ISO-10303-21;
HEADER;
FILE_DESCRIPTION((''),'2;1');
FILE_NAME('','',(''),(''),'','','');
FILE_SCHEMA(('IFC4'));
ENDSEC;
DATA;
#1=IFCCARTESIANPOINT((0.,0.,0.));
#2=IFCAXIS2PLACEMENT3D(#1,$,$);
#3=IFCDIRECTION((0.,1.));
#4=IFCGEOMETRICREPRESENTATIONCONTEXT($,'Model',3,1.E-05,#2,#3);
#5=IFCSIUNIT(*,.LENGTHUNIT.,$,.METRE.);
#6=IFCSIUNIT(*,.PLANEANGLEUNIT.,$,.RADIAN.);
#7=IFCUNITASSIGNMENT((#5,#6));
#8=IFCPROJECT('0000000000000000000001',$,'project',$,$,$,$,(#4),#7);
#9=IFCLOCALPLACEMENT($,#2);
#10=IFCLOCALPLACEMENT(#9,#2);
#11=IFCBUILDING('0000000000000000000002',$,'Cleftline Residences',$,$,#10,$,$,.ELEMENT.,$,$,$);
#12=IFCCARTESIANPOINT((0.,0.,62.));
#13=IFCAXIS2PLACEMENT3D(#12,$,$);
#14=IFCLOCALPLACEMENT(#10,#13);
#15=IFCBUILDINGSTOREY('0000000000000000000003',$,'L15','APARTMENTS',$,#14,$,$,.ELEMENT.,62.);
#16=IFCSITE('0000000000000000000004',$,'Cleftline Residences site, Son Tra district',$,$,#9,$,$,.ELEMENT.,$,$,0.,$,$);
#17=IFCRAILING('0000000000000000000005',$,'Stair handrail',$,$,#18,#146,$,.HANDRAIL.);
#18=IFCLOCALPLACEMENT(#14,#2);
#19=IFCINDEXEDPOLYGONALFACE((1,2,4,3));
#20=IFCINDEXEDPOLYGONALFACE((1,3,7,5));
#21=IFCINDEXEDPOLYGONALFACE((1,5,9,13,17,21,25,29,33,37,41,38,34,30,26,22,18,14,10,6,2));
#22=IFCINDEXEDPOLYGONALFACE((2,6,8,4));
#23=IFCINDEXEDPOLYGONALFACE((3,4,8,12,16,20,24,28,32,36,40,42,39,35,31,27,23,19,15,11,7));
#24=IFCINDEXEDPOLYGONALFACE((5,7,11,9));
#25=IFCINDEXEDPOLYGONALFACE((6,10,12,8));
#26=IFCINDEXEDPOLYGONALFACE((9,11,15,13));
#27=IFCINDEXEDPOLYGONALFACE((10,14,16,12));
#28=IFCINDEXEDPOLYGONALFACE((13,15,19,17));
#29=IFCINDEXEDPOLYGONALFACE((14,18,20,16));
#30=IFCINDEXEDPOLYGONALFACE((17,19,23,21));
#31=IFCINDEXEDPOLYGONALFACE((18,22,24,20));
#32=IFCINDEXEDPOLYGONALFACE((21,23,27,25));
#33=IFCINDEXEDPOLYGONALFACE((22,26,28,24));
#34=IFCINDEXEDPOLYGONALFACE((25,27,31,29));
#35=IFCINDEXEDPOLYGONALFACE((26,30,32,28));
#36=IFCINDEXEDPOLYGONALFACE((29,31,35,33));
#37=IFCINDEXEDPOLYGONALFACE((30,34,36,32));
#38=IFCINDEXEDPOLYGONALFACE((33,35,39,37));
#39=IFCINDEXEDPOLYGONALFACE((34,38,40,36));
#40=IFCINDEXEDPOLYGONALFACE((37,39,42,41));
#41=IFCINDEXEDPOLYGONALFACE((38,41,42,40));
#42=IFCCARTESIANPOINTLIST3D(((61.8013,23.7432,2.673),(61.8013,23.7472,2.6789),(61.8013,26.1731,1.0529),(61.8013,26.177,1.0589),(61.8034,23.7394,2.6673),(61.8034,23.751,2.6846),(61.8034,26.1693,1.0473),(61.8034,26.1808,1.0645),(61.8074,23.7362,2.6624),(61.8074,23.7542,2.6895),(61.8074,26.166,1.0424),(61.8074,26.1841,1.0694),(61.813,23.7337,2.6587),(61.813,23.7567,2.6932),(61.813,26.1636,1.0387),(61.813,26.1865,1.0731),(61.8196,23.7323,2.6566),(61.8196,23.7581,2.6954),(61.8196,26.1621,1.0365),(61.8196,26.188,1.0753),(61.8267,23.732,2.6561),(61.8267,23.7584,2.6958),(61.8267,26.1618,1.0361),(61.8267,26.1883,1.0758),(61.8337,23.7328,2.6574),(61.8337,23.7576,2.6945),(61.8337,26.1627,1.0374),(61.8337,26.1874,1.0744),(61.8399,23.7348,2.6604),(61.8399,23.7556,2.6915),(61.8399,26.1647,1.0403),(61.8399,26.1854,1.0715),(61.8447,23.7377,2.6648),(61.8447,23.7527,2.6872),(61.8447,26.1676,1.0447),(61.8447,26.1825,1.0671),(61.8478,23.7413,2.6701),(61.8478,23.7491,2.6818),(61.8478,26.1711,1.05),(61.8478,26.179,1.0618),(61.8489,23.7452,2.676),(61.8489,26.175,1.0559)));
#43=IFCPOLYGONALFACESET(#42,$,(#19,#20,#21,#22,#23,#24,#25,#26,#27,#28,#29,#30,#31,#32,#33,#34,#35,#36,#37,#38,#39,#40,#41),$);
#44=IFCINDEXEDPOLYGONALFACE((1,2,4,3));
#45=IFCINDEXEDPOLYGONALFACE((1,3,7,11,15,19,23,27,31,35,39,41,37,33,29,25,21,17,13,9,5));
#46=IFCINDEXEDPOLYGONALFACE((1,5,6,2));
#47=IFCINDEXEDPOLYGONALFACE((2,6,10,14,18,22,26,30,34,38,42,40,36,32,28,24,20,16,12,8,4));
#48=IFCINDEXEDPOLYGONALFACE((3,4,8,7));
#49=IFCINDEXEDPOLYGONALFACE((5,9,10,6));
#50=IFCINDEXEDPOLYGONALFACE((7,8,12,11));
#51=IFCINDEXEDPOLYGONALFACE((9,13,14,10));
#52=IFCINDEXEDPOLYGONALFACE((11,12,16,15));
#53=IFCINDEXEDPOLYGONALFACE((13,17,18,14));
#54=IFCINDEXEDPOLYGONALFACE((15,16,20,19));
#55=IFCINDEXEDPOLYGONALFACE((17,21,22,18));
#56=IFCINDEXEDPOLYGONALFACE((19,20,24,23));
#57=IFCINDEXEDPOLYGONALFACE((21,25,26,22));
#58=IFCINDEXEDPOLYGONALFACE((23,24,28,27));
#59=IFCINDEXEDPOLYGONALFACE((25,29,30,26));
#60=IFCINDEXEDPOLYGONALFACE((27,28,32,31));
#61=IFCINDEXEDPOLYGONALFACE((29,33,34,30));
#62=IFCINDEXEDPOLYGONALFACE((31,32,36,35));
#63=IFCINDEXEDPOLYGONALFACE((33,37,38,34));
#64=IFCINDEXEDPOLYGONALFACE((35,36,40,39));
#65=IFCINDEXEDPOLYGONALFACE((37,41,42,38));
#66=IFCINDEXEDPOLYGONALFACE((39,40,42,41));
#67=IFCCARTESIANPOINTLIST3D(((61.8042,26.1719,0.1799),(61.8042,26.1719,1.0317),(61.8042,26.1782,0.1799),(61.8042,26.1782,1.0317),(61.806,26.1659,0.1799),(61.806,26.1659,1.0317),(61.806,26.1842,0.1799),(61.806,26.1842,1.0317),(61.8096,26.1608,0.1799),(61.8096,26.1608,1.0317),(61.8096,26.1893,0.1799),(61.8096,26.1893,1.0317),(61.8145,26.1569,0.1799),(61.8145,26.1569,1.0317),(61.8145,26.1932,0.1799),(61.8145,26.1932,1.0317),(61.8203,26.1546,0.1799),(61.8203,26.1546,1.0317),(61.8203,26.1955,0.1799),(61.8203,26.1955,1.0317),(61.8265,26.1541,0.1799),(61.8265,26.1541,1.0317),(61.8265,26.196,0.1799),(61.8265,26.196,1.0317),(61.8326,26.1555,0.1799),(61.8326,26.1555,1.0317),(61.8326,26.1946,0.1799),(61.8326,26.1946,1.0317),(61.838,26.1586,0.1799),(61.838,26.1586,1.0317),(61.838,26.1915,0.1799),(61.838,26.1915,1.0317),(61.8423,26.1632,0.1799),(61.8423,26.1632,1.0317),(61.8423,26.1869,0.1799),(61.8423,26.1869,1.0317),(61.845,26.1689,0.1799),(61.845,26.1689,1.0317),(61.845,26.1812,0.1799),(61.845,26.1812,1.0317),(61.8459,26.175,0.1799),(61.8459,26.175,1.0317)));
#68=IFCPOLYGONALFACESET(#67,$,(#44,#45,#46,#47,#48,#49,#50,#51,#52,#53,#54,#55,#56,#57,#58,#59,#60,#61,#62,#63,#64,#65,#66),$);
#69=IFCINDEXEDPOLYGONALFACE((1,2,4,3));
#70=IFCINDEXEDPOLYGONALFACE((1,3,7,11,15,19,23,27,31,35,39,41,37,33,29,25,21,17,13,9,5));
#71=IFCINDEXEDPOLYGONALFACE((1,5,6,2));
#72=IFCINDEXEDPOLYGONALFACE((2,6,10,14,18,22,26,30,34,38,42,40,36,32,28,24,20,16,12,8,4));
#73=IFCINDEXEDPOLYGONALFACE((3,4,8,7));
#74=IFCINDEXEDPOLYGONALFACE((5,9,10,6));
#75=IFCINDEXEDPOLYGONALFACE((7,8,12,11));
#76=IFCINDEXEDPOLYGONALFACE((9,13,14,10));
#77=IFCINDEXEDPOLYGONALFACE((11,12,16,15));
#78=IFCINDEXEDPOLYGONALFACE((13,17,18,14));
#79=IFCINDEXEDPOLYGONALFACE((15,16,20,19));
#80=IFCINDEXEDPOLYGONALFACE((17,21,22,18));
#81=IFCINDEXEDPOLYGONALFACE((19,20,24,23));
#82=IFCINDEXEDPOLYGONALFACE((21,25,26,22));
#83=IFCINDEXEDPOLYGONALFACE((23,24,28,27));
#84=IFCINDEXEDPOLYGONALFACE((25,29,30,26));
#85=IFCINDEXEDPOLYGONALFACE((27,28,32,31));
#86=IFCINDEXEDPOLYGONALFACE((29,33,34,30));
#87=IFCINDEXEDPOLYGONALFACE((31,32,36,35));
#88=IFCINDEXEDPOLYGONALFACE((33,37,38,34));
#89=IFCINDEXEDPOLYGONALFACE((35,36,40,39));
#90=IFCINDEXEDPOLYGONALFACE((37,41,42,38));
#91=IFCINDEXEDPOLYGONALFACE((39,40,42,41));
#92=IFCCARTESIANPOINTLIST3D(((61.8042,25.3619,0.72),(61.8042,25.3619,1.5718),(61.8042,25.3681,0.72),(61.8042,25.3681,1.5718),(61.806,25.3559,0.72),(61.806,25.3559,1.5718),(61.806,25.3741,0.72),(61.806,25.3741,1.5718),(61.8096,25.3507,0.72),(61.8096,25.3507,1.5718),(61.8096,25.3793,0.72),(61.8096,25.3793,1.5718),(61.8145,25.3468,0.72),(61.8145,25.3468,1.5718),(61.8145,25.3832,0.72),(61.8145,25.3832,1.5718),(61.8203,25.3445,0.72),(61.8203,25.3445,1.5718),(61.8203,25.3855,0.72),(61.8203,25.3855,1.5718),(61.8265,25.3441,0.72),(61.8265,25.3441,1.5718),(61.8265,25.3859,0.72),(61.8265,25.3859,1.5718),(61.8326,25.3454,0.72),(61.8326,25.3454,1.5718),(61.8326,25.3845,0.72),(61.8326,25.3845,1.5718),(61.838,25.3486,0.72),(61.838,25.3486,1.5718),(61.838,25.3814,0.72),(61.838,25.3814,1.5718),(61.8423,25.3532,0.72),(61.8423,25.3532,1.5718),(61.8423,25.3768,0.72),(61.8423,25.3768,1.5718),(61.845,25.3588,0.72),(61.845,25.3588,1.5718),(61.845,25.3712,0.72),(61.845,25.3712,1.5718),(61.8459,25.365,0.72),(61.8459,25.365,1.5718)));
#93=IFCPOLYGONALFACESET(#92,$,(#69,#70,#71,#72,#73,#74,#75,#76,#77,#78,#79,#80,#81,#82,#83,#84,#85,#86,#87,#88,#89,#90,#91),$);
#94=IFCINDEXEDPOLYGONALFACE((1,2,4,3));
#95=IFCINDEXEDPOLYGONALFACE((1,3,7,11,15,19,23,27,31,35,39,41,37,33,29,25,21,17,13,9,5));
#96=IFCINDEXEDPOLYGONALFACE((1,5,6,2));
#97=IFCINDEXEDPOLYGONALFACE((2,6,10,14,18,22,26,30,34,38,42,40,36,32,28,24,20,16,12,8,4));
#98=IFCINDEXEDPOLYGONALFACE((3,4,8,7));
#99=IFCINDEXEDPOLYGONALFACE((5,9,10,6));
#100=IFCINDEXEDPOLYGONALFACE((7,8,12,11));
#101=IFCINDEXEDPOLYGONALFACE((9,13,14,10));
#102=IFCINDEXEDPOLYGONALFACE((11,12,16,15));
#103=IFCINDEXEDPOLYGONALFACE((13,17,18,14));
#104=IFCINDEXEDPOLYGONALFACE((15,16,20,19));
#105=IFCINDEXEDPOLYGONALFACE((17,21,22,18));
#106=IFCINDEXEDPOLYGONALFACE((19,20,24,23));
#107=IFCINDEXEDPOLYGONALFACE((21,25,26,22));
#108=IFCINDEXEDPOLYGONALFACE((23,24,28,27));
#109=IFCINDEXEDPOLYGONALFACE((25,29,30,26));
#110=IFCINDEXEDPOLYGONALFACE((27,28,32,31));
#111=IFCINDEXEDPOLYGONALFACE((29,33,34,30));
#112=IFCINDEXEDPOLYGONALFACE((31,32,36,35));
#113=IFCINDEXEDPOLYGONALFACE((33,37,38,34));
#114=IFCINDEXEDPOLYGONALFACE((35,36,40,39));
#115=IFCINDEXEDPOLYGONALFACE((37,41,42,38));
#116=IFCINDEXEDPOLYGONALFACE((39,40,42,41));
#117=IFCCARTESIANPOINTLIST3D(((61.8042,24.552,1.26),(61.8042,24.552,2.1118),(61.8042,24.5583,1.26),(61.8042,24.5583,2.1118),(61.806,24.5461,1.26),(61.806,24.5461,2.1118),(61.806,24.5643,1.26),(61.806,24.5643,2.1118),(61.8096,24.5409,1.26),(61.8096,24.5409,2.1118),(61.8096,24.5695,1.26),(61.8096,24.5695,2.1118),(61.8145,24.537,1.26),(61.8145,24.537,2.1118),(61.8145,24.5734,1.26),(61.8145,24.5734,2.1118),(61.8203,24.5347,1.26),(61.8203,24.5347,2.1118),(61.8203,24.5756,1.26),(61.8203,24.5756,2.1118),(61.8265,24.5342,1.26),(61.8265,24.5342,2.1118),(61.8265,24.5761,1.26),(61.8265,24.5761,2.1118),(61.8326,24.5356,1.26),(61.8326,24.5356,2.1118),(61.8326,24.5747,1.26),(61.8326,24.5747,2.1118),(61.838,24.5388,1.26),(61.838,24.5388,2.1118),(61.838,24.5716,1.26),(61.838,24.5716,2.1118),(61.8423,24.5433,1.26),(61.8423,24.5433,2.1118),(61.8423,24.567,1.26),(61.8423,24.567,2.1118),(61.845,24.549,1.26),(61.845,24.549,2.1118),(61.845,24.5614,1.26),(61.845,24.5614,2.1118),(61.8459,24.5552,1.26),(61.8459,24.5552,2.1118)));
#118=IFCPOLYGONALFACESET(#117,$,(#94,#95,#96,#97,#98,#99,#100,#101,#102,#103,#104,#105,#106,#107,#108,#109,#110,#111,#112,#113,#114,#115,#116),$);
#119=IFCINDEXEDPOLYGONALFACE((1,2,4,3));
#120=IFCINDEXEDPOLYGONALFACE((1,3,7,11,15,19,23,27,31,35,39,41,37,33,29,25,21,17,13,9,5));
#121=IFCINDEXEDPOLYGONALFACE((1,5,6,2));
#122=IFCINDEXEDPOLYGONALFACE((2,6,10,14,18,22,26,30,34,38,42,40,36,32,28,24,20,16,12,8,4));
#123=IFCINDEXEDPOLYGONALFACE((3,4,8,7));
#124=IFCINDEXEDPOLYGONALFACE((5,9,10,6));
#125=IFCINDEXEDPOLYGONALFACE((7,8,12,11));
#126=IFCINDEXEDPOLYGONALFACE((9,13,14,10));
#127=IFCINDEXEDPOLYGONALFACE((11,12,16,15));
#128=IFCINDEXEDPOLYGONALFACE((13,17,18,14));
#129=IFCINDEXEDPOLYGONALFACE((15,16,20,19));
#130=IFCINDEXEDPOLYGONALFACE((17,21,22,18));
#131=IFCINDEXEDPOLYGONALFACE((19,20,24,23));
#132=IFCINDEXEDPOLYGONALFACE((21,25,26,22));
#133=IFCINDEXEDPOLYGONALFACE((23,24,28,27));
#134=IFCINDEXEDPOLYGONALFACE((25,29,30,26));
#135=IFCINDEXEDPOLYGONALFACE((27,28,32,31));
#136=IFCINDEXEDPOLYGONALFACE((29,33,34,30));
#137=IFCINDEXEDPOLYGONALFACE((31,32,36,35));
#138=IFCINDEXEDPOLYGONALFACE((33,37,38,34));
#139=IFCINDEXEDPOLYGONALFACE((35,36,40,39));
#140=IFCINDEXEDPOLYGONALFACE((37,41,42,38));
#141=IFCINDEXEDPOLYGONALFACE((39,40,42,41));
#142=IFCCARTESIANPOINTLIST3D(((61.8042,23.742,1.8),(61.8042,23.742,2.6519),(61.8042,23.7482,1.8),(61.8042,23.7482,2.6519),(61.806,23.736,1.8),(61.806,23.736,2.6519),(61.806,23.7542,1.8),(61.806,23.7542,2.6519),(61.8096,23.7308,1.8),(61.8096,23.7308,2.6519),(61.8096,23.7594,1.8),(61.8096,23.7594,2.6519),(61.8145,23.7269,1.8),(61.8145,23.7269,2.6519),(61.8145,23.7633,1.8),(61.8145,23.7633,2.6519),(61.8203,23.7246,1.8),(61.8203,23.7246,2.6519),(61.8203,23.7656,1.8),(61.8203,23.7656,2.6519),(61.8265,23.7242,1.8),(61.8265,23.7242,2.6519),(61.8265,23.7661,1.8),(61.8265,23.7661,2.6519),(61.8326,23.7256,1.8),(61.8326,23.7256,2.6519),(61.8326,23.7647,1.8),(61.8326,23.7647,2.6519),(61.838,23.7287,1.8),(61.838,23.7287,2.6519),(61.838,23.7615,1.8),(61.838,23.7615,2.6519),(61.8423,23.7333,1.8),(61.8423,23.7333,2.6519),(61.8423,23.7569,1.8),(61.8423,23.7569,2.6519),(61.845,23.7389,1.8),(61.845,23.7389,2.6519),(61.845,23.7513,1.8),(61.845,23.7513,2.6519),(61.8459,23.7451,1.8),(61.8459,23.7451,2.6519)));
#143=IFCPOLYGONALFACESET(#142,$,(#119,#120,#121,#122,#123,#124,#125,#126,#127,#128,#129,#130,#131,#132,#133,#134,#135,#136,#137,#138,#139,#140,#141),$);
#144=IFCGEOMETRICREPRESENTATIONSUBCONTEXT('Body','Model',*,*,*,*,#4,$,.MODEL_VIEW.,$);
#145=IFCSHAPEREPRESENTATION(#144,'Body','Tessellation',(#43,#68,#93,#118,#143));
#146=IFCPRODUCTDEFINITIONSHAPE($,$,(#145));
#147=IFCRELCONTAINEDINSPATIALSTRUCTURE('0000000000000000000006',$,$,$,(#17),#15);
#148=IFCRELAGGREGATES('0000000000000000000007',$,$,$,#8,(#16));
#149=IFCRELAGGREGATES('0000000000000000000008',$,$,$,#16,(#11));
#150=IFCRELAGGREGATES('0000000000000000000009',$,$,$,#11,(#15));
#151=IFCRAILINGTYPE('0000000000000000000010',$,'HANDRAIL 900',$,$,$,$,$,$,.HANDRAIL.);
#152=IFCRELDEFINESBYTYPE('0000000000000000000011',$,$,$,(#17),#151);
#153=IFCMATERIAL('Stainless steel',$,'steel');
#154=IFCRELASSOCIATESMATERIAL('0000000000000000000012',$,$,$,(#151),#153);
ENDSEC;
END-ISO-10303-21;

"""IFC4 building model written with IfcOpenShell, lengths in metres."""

from ifc_helpers import new_model, si_unit, direction, frame, origin, origin_2d, place, context, subcontext, project, spatial, circle, extrude, material, type_object, element, save


model = new_model("IFC4")

# Units and contexts
model_context = context("Model", 3, precision=1e-05, world=origin(), true_north=direction((0.0, 1.0)))
body_context = subcontext(model_context, "Body", "Model", "MODEL_VIEW")
ifc_project = project(units=[si_unit("LENGTHUNIT", "METRE"), si_unit("PLANEANGLEUNIT", "RADIAN")], contexts=[model_context])

# Site, building, storey
site_placement = place(None, origin())
site = spatial("IfcSite", under=ifc_project, at=site_placement, Name="Cleftline Residences site, Son Tra district", CompositionType="ELEMENT", RefElevation=0.0)
building_placement = place(site_placement, origin())
building = spatial("IfcBuilding", under=site, at=building_placement, Name="Cleftline Residences", CompositionType="ELEMENT")
storey_placement = place(building_placement, frame((0.0, 0.0, 62.0)))
storey = spatial("IfcBuildingStorey", under=building, at=storey_placement, Name="L15", Description="APARTMENTS", CompositionType="ELEMENT", Elevation=62.0)

# Railing
ifc_material_1 = material(Name="Stainless steel", Category="steel")
railing_type = type_object("IfcRailingType", Name="HANDRAIL 900", PredefinedType="HANDRAIL", material=ifc_material_1)
railing_placement = place(storey_placement, frame((61.825, 26.175, 0.1799)))
element("IfcRailing", 1, at=railing_placement, inside=storey, type_object=railing_type, Name="Stair handrail", PredefinedType="HANDRAIL", context=body_context, shape_type="SweptSolid", body=[
    extrude(circle(Radius=0.0239, at=origin_2d()), frame((0.0, 0.0, 0.876), z_axis=(0.0, -0.832025, 0.554739), x_axis=(1.0, 0.0, 0.0)), (0.0, 0.0, 1.0), 2.9204),
    extrude(circle(Radius=0.021, at=origin_2d()), origin(), (0.0, 0.0, 1.0), 0.8518),
    extrude(circle(Radius=0.021, at=origin_2d()), frame((0.0, -0.8101, 0.54)), (0.0, 0.0, 1.0), 0.8518),
    extrude(circle(Radius=0.021, at=origin_2d()), frame((0.0, -1.6199, 1.0801)), (0.0, 0.0, 1.0), 0.8518),
    extrude(circle(Radius=0.021, at=origin_2d()), frame((0.0, -2.4299, 1.6201)), (0.0, 0.0, 1.0), 0.8518),
])

save(model, "model.ifc")
